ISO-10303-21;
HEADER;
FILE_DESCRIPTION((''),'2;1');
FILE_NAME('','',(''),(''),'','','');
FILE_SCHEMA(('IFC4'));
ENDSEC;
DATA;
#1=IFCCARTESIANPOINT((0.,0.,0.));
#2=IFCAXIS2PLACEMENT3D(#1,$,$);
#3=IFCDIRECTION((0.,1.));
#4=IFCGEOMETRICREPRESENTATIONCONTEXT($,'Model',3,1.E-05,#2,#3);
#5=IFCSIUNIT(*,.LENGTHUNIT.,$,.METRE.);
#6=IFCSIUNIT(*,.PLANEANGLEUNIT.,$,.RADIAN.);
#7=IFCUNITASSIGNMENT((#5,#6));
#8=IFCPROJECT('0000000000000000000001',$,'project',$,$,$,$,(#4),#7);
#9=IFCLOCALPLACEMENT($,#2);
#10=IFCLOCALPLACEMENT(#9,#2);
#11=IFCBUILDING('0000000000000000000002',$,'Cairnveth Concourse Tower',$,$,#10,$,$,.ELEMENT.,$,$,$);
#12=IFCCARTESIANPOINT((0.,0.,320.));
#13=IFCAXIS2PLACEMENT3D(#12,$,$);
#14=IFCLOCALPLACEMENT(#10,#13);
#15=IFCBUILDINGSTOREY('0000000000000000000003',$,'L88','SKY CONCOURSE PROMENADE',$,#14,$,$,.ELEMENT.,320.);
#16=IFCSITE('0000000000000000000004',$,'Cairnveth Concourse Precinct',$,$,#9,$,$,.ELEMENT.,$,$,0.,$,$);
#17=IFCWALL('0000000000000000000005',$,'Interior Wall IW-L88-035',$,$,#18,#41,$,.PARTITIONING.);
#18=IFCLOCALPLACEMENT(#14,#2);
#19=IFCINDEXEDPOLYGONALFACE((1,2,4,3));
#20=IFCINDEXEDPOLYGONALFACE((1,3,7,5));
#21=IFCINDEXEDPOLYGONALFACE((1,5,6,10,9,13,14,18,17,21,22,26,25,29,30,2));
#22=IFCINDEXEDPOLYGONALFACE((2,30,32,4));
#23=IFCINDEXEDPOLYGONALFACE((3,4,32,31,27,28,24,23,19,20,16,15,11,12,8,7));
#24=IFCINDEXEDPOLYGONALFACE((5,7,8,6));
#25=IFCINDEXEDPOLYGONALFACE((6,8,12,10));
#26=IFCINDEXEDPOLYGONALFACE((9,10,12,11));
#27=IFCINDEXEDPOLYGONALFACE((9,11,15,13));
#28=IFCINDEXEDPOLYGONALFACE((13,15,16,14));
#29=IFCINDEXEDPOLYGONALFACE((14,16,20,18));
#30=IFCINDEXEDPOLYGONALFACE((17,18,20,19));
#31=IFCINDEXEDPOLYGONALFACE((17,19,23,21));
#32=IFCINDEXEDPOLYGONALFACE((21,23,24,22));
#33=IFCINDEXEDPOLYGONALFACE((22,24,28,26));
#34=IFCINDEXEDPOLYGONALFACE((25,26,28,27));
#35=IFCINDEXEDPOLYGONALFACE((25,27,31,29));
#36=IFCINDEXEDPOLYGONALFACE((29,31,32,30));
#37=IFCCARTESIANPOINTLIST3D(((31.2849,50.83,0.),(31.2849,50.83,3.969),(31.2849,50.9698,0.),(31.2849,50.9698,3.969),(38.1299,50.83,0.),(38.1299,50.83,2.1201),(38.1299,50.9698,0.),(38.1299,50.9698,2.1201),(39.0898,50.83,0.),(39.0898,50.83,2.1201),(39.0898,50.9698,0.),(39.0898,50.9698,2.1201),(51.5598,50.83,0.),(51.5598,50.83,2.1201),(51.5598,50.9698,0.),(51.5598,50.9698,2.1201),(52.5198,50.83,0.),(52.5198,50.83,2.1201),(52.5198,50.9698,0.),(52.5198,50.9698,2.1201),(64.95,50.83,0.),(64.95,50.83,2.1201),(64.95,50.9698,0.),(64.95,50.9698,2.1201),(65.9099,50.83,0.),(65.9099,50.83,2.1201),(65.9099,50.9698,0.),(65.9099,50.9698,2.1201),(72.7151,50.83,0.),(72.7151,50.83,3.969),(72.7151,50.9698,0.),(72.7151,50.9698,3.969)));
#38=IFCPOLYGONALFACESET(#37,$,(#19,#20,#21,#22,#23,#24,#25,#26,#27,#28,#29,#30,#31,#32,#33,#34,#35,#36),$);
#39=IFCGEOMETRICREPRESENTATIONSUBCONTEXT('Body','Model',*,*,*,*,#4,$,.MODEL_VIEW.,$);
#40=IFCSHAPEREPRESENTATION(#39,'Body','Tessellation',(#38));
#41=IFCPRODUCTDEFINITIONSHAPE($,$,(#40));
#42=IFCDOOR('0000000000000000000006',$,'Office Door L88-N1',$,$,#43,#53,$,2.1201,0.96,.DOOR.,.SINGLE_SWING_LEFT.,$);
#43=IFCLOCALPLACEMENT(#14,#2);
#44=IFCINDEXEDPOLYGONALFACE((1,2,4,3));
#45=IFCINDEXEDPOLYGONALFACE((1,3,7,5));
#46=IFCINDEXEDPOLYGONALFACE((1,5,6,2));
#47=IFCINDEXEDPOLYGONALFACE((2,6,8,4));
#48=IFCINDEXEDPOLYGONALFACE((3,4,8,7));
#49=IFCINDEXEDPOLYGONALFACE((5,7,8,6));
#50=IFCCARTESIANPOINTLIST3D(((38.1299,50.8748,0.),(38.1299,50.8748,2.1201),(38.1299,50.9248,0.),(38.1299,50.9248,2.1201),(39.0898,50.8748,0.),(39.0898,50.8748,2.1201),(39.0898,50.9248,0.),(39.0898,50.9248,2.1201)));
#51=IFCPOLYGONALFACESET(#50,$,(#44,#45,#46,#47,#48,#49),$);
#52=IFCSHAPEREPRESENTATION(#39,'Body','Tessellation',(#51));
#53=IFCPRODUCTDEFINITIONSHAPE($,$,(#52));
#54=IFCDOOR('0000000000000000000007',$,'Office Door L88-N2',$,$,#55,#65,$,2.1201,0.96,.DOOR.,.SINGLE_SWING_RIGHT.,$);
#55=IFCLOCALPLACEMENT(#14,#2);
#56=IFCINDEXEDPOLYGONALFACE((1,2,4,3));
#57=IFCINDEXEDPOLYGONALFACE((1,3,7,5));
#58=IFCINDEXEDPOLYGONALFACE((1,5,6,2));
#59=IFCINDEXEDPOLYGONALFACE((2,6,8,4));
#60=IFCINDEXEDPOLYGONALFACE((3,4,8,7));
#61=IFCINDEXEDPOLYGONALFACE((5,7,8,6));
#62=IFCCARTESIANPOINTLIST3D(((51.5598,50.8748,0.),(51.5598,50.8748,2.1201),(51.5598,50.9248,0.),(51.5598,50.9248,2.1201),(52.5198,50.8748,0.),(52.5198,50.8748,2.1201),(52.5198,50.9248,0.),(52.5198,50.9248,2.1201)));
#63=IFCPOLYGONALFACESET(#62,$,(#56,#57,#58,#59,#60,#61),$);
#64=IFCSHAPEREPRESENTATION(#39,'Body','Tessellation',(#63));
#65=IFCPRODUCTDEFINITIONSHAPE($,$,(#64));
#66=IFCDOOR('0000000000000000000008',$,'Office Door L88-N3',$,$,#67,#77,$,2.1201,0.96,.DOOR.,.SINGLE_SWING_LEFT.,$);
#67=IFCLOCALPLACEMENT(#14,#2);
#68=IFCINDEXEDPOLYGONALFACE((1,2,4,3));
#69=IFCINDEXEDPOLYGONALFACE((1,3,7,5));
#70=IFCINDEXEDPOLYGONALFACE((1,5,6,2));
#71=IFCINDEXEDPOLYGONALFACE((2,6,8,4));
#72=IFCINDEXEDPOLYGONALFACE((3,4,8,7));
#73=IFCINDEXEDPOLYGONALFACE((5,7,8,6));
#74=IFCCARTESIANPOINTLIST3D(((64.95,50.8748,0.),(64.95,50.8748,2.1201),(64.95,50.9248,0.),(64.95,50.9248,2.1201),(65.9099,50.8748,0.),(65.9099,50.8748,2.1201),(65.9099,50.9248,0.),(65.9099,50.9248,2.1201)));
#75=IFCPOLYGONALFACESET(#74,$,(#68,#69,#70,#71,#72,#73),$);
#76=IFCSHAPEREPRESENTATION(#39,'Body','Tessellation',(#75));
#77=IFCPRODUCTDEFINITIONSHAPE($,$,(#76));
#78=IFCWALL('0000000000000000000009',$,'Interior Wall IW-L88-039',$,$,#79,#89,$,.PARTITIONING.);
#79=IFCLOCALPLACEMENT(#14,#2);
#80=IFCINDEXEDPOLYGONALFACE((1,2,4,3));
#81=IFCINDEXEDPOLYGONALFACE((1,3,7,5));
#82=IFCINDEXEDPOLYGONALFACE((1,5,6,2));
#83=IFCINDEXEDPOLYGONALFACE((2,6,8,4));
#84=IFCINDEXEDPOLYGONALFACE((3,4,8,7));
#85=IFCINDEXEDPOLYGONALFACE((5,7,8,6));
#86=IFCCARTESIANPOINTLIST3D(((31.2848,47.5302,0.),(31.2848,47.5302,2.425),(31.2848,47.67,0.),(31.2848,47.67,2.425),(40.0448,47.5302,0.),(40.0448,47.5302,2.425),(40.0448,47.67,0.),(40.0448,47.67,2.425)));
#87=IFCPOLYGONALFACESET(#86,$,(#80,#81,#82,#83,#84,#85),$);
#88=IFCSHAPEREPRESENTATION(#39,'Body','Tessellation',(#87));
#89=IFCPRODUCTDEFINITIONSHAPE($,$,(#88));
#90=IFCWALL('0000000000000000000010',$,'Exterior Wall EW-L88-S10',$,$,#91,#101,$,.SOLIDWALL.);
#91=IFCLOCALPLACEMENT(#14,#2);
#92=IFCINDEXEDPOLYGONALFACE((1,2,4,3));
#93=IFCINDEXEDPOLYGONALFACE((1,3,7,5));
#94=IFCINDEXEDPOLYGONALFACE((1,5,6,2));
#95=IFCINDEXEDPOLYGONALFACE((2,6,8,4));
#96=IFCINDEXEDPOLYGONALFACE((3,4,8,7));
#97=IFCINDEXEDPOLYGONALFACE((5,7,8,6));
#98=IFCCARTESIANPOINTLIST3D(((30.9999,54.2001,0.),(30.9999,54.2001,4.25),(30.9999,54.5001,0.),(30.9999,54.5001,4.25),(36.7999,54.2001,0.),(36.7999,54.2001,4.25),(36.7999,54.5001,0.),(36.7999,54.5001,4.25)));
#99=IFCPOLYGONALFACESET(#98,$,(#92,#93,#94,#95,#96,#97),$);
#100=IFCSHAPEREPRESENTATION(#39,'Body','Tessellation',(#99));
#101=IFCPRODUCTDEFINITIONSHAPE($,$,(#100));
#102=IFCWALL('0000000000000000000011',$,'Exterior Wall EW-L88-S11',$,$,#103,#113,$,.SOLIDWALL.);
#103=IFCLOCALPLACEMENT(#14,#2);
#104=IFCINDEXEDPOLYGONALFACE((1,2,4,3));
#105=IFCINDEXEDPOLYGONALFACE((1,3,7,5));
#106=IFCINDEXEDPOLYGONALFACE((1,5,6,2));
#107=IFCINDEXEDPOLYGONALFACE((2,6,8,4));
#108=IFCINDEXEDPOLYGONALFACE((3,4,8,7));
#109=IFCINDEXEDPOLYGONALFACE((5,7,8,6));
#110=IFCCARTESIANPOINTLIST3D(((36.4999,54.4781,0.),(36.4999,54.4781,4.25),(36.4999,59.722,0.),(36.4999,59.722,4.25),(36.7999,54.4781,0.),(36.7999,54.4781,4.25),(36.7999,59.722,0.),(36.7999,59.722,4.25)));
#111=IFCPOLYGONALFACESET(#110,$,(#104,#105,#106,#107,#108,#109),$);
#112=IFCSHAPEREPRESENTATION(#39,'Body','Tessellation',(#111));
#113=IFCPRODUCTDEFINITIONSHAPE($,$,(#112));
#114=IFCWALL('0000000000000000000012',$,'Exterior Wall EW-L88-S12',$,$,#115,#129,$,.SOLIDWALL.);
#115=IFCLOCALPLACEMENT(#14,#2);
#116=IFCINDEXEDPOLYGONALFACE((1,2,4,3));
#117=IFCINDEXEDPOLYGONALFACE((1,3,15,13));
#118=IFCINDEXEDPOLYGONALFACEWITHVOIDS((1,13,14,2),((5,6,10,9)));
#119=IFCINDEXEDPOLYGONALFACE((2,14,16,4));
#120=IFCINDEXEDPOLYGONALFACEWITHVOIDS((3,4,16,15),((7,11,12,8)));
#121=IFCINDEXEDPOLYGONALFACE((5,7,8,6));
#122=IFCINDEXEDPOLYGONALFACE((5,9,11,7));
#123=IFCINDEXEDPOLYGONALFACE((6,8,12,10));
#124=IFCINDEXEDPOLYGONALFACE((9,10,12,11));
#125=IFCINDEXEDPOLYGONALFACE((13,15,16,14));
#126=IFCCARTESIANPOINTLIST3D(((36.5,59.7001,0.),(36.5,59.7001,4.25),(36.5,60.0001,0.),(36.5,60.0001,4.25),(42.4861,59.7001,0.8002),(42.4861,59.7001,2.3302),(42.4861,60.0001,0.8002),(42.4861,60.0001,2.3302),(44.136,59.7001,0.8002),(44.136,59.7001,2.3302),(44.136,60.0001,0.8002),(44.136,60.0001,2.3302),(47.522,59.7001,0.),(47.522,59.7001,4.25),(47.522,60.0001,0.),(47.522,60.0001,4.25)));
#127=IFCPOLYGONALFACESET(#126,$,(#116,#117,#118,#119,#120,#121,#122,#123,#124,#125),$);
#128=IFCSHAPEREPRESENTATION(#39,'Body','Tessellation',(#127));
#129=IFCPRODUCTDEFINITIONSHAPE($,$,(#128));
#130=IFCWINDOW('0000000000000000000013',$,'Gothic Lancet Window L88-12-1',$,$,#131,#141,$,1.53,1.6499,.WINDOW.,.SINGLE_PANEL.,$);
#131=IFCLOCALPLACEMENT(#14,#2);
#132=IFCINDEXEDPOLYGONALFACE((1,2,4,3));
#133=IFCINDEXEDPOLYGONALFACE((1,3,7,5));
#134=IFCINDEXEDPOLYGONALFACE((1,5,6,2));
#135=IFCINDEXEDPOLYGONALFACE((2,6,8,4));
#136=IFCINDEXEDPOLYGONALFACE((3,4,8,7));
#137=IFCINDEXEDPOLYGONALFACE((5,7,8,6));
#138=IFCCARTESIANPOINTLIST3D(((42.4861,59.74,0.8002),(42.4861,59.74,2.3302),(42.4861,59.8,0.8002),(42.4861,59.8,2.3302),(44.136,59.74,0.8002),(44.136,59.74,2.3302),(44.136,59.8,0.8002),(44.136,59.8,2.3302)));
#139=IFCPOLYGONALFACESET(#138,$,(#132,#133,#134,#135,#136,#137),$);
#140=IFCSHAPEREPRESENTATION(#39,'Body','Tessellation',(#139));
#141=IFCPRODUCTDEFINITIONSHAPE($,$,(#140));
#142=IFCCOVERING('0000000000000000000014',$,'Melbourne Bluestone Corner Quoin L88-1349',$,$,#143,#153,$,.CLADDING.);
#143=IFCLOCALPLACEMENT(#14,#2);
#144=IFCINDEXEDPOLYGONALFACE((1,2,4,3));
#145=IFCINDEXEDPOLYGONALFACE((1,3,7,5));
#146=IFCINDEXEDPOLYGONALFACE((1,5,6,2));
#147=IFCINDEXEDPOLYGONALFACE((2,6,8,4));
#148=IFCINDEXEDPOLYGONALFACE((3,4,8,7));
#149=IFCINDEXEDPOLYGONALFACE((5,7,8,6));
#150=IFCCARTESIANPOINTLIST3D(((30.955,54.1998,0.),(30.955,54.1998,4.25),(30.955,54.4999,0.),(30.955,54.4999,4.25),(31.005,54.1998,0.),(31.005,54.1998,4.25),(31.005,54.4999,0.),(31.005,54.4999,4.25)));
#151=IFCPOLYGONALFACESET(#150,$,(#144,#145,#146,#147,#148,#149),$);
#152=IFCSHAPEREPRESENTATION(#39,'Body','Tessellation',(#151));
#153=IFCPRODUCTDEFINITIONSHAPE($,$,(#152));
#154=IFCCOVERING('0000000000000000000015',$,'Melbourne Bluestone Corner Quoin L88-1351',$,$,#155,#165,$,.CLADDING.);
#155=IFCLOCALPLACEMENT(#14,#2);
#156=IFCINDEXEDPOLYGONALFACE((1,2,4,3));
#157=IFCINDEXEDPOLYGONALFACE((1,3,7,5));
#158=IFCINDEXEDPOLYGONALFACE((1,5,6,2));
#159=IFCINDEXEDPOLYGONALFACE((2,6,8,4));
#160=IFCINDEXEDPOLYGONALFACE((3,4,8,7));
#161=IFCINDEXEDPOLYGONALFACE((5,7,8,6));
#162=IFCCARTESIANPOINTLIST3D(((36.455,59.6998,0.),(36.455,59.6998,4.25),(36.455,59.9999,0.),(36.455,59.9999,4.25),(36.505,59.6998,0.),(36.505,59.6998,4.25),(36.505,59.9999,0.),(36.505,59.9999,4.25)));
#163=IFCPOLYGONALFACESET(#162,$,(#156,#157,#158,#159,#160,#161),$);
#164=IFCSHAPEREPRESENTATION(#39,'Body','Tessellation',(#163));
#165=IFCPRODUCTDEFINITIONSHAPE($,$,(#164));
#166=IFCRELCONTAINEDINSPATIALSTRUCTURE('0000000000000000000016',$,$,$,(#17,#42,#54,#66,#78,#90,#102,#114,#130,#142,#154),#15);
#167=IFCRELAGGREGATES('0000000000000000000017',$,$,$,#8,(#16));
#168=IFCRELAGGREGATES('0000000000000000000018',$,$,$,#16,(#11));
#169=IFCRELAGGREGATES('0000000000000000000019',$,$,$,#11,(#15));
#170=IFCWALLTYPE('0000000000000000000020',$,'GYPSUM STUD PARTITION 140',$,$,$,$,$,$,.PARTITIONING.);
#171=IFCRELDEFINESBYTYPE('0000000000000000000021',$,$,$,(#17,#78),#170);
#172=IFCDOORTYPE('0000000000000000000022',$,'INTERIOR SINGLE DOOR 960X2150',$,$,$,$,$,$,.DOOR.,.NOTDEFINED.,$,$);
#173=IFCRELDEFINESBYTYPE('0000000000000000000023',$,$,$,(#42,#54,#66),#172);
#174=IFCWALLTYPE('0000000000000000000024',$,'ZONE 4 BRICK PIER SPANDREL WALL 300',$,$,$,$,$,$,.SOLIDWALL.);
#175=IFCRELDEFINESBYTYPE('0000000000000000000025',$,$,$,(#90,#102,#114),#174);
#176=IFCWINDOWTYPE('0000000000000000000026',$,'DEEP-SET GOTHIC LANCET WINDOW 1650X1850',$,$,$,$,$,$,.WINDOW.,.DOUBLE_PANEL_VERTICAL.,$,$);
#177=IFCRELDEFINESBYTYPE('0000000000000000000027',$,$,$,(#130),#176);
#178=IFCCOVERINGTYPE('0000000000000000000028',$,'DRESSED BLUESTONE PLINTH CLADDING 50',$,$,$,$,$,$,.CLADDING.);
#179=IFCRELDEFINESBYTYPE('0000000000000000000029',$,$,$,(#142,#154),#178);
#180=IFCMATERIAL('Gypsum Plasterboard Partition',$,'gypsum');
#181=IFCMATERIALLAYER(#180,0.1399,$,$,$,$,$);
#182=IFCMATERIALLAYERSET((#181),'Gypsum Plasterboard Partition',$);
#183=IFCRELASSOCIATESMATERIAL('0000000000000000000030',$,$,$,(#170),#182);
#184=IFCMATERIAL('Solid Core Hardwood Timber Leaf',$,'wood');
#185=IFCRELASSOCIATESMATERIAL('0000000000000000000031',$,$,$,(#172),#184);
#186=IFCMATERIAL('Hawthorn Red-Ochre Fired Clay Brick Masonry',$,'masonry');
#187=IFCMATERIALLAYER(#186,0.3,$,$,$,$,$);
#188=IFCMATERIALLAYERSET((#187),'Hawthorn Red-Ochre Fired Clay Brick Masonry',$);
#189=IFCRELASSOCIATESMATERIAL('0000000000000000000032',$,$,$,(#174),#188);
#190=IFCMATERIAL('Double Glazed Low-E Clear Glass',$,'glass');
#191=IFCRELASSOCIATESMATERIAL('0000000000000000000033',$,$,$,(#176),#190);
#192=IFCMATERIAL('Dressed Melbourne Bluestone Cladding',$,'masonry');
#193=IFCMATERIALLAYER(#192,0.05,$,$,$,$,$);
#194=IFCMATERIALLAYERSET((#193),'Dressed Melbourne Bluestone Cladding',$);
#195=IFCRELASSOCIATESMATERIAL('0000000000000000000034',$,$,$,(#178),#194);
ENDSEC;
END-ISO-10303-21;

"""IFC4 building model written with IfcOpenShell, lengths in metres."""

from ifc_helpers import new_model, si_unit, direction, frame, frame_2d, origin, place, context, subcontext, project, spatial, rectangle, extrude, material, layer, layer_set, type_object, element, fill, save


model = new_model("IFC4")

# Units and contexts
model_context = context("Model", 3, precision=1e-05, world=origin(), true_north=direction((0.0, 1.0)))
body_context = subcontext(model_context, "Body", "Model", "MODEL_VIEW")
ifc_project = project(units=[si_unit("LENGTHUNIT", "METRE"), si_unit("PLANEANGLEUNIT", "RADIAN")], contexts=[model_context])

# Site, building, storey
site_placement = place(None, origin())
site = spatial("IfcSite", under=ifc_project, at=site_placement, Name="Cairnveth Concourse Precinct", CompositionType="ELEMENT", RefElevation=0.0)
building_placement = place(site_placement, origin())
building = spatial("IfcBuilding", under=site, at=building_placement, Name="Cairnveth Concourse Tower", CompositionType="ELEMENT")
storey_placement = place(building_placement, frame((0.0, 0.0, 320.0)))
storey = spatial("IfcBuildingStorey", under=building, at=storey_placement, Name="L88", Description="SKY CONCOURSE PROMENADE", CompositionType="ELEMENT", Elevation=320.0)

# Wall, openings, doors
ifc_material_1 = material(Name="Gypsum Plasterboard Partition", Category="gypsum")
ifc_layer_1 = layer(ifc_material_1, 0.1399)
ifc_layer_set_1 = layer_set([ifc_layer_1], Name="Gypsum Plasterboard Partition")
wall_type_1 = type_object("IfcWallType", Name="GYPSUM STUD PARTITION 140", PredefinedType="PARTITIONING", material=ifc_layer_set_1)
wall_1_placement = place(storey_placement, frame((31.2849, 50.8999, 0.0), z_axis=(0.0, 0.0, 1.0), x_axis=(1.0, 0.0, 0.0)))
wall_1 = element("IfcWall", 1, at=wall_1_placement, inside=storey, type_object=wall_type_1, Name="Interior Wall IW-L88-035", PredefinedType="PARTITIONING", context=body_context, shape_type="SweptSolid", body=[
    extrude(rectangle(XDim=41.4302, YDim=0.1399, at=frame_2d((20.7151, 0.0))), origin(), (0.0, 0.0, 1.0), 3.969),
])
opening_1_placement = place(wall_1_placement, frame((6.845, 0.0, 0.0)))
opening_1 = element("IfcOpeningElement", 2, at=opening_1_placement, cuts=wall_1, PredefinedType="OPENING", context=body_context, shape_type="SweptSolid", body=[
    extrude(rectangle(XDim=0.96, YDim=2.1201, at=frame_2d((0.48, 1.0601))), frame((0.0, 0.0798, 0.0), z_axis=(0.0, -1.0, 0.0), x_axis=(1.0, 0.0, 0.0)), (0.0, 0.0, 1.0), 0.1599),
])
opening_2_placement = place(wall_1_placement, frame((20.2749, 0.0, 0.0)))
opening_2 = element("IfcOpeningElement", 3, at=opening_2_placement, cuts=wall_1, PredefinedType="OPENING", context=body_context, shape_type="SweptSolid", body=[
    extrude(rectangle(XDim=0.96, YDim=2.1201, at=frame_2d((0.48, 1.0601))), frame((0.0, 0.0798, 0.0), z_axis=(0.0, -1.0, 0.0), x_axis=(1.0, 0.0, 0.0)), (0.0, 0.0, 1.0), 0.1599),
])
opening_3_placement = place(wall_1_placement, frame((33.665, 0.0, 0.0)))
opening_3 = element("IfcOpeningElement", 4, at=opening_3_placement, cuts=wall_1, PredefinedType="OPENING", context=body_context, shape_type="SweptSolid", body=[
    extrude(rectangle(XDim=0.96, YDim=2.1201, at=frame_2d((0.48, 1.0601))), frame((0.0, 0.0798, 0.0), z_axis=(0.0, -1.0, 0.0), x_axis=(1.0, 0.0, 0.0)), (0.0, 0.0, 1.0), 0.1599),
])
ifc_material_2 = material(Name="Solid Core Hardwood Timber Leaf", Category="wood")
door_type = type_object("IfcDoorType", Name="INTERIOR SINGLE DOOR 960X2150", OperationType="NOTDEFINED", PredefinedType="DOOR", material=ifc_material_2)
door_1_placement = place(opening_1_placement, origin())
door_1 = element("IfcDoor", 5, at=door_1_placement, inside=storey, type_object=door_type, Name="Office Door L88-N1", OperationType="SINGLE_SWING_LEFT", OverallHeight=2.1201, OverallWidth=0.96, PredefinedType="DOOR", context=body_context, shape_type="SweptSolid", body=[
    extrude(rectangle(XDim=0.96, YDim=2.1201, at=frame_2d((0.48, 1.0601))), frame((0.0, 0.0249, 0.0), z_axis=(0.0, -1.0, 0.0), x_axis=(1.0, 0.0, 0.0)), (0.0, 0.0, 1.0), 0.05),
])
fill(opening_1, door_1)
door_2_placement = place(opening_2_placement, origin())
door_2 = element("IfcDoor", 6, at=door_2_placement, inside=storey, type_object=door_type, Name="Office Door L88-N2", OperationType="SINGLE_SWING_RIGHT", OverallHeight=2.1201, OverallWidth=0.96, PredefinedType="DOOR", context=body_context, shape_type="SweptSolid", body=[
    extrude(rectangle(XDim=0.96, YDim=2.1201, at=frame_2d((0.48, 1.0601))), frame((0.0, 0.0249, 0.0), z_axis=(0.0, -1.0, 0.0), x_axis=(1.0, 0.0, 0.0)), (0.0, 0.0, 1.0), 0.05),
])
fill(opening_2, door_2)
door_3_placement = place(opening_3_placement, origin())
door_3 = element("IfcDoor", 7, at=door_3_placement, inside=storey, type_object=door_type, Name="Office Door L88-N3", OperationType="SINGLE_SWING_LEFT", OverallHeight=2.1201, OverallWidth=0.96, PredefinedType="DOOR", context=body_context, shape_type="SweptSolid", body=[
    extrude(rectangle(XDim=0.96, YDim=2.1201, at=frame_2d((0.48, 1.0601))), frame((0.0, 0.0249, 0.0), z_axis=(0.0, -1.0, 0.0), x_axis=(1.0, 0.0, 0.0)), (0.0, 0.0, 1.0), 0.05),
])
fill(opening_3, door_3)

# Walls
wall_2_placement = place(storey_placement, frame((31.2849, 47.6001, 0.0), z_axis=(0.0, 0.0, 1.0), x_axis=(1.0, 0.0, 0.0)))
element("IfcWall", 8, at=wall_2_placement, inside=storey, type_object=wall_type_1, Name="Interior Wall IW-L88-039", PredefinedType="PARTITIONING", context=body_context, shape_type="SweptSolid", body=[
    extrude(rectangle(XDim=8.76, YDim=0.1399, at=frame_2d((4.3799, 0.0))), origin(), (0.0, 0.0, 1.0), 2.425),
])
ifc_material_3 = material(Name="Hawthorn Red-Ochre Fired Clay Brick Masonry", Category="masonry")
ifc_layer_2 = layer(ifc_material_3, 0.3)
ifc_layer_set_2 = layer_set([ifc_layer_2], Name="Hawthorn Red-Ochre Fired Clay Brick Masonry")
wall_type_2 = type_object("IfcWallType", Name="ZONE 4 BRICK PIER SPANDREL WALL 300", PredefinedType="SOLIDWALL", material=ifc_layer_set_2)
wall_3_placement = place(storey_placement, frame((31.0, 54.3501, 0.0), z_axis=(0.0, 0.0, 1.0), x_axis=(1.0, 0.0, 0.0)))
element("IfcWall", 9, at=wall_3_placement, inside=storey, type_object=wall_type_2, Name="Exterior Wall EW-L88-S10", PredefinedType="SOLIDWALL", context=body_context, shape_type="SweptSolid", body=[
    extrude(rectangle(XDim=5.8, YDim=0.3, at=frame_2d((2.8999, 0.0))), origin(), (0.0, 0.0, 1.0), 4.25),
])
wall_4_placement = place(storey_placement, frame((36.6499, 54.478, 0.0), z_axis=(0.0, 0.0, 1.0), x_axis=(0.0, 1.0, 0.0)))
element("IfcWall", 10, at=wall_4_placement, inside=storey, type_object=wall_type_2, Name="Exterior Wall EW-L88-S11", PredefinedType="SOLIDWALL", context=body_context, shape_type="SweptSolid", body=[
    extrude(rectangle(XDim=5.2439, YDim=0.3, at=frame_2d((2.6221, 0.0))), origin(), (0.0, 0.0, 1.0), 4.25),
])

# Wall, opening, window
wall_5_placement = place(storey_placement, frame((36.5, 59.8501, 0.0), z_axis=(0.0, 0.0, 1.0), x_axis=(1.0, 0.0, 0.0)))
wall_5 = element("IfcWall", 11, at=wall_5_placement, inside=storey, type_object=wall_type_2, Name="Exterior Wall EW-L88-S12", PredefinedType="SOLIDWALL", context=body_context, shape_type="SweptSolid", body=[
    extrude(rectangle(XDim=11.022, YDim=0.3, at=frame_2d((5.511, 0.0))), origin(), (0.0, 0.0, 1.0), 4.25),
])
opening_4_placement = place(wall_5_placement, frame((5.9861, 0.0, 0.8)))
opening_4 = element("IfcOpeningElement", 12, at=opening_4_placement, cuts=wall_5, PredefinedType="OPENING", context=body_context, shape_type="SweptSolid", body=[
    extrude(rectangle(XDim=1.6499, YDim=1.53, at=frame_2d((0.825, 0.7651))), frame((0.0, 0.1599, 0.0), z_axis=(0.0, -1.0, 0.0), x_axis=(1.0, 0.0, 0.0)), (0.0, 0.0, 1.0), 0.3201),
])
ifc_material_4 = material(Name="Double Glazed Low-E Clear Glass", Category="glass")
window_type = type_object("IfcWindowType", Name="DEEP-SET GOTHIC LANCET WINDOW 1650X1850", PartitioningType="DOUBLE_PANEL_VERTICAL", PredefinedType="WINDOW", material=ifc_material_4)
window_placement = place(opening_4_placement, origin())
window = element("IfcWindow", 13, at=window_placement, inside=storey, type_object=window_type, Name="Gothic Lancet Window L88-12-1", OverallHeight=1.53, OverallWidth=1.6499, PartitioningType="SINGLE_PANEL", PredefinedType="WINDOW", context=body_context, shape_type="SweptSolid", body=[
    extrude(rectangle(XDim=1.6499, YDim=1.53, at=frame_2d((0.825, 0.7651))), frame((0.0, -0.05, 0.0), z_axis=(0.0, -1.0, 0.0), x_axis=(1.0, 0.0, 0.0)), (0.0, 0.0, 1.0), 0.0601),
])
fill(opening_4, window)

# Coverings
ifc_material_5 = material(Name="Dressed Melbourne Bluestone Cladding", Category="masonry")
ifc_layer_3 = layer(ifc_material_5, 0.05)
ifc_layer_set_3 = layer_set([ifc_layer_3], Name="Dressed Melbourne Bluestone Cladding")
covering_type = type_object("IfcCoveringType", Name="DRESSED BLUESTONE PLINTH CLADDING 50", PredefinedType="CLADDING", material=ifc_layer_set_3)
for number, where, z_axis, x_axis, name in (
    (14, (30.98, 54.2, 0.0), (0.0, 0.0, 1.0), (0.0, 1.0, 0.0), "Melbourne Bluestone Corner Quoin L88-1349"),
    (15, (36.48, 59.7, 0.0), (0.0, 0.0, 1.0), (0.0, 1.0, 0.0), "Melbourne Bluestone Corner Quoin L88-1351"),
):
    element("IfcCovering", number, at=place(storey_placement, frame(where, z_axis=z_axis, x_axis=x_axis)), inside=storey, type_object=covering_type, Name=name, PredefinedType="CLADDING", context=body_context, shape_type="SweptSolid", body=[
        extrude(rectangle(XDim=0.3, YDim=0.05, at=frame_2d((0.1499, 0.0))), origin(), (0.0, 0.0, 1.0), 4.25),
    ])

save(model, "model.ifc")
